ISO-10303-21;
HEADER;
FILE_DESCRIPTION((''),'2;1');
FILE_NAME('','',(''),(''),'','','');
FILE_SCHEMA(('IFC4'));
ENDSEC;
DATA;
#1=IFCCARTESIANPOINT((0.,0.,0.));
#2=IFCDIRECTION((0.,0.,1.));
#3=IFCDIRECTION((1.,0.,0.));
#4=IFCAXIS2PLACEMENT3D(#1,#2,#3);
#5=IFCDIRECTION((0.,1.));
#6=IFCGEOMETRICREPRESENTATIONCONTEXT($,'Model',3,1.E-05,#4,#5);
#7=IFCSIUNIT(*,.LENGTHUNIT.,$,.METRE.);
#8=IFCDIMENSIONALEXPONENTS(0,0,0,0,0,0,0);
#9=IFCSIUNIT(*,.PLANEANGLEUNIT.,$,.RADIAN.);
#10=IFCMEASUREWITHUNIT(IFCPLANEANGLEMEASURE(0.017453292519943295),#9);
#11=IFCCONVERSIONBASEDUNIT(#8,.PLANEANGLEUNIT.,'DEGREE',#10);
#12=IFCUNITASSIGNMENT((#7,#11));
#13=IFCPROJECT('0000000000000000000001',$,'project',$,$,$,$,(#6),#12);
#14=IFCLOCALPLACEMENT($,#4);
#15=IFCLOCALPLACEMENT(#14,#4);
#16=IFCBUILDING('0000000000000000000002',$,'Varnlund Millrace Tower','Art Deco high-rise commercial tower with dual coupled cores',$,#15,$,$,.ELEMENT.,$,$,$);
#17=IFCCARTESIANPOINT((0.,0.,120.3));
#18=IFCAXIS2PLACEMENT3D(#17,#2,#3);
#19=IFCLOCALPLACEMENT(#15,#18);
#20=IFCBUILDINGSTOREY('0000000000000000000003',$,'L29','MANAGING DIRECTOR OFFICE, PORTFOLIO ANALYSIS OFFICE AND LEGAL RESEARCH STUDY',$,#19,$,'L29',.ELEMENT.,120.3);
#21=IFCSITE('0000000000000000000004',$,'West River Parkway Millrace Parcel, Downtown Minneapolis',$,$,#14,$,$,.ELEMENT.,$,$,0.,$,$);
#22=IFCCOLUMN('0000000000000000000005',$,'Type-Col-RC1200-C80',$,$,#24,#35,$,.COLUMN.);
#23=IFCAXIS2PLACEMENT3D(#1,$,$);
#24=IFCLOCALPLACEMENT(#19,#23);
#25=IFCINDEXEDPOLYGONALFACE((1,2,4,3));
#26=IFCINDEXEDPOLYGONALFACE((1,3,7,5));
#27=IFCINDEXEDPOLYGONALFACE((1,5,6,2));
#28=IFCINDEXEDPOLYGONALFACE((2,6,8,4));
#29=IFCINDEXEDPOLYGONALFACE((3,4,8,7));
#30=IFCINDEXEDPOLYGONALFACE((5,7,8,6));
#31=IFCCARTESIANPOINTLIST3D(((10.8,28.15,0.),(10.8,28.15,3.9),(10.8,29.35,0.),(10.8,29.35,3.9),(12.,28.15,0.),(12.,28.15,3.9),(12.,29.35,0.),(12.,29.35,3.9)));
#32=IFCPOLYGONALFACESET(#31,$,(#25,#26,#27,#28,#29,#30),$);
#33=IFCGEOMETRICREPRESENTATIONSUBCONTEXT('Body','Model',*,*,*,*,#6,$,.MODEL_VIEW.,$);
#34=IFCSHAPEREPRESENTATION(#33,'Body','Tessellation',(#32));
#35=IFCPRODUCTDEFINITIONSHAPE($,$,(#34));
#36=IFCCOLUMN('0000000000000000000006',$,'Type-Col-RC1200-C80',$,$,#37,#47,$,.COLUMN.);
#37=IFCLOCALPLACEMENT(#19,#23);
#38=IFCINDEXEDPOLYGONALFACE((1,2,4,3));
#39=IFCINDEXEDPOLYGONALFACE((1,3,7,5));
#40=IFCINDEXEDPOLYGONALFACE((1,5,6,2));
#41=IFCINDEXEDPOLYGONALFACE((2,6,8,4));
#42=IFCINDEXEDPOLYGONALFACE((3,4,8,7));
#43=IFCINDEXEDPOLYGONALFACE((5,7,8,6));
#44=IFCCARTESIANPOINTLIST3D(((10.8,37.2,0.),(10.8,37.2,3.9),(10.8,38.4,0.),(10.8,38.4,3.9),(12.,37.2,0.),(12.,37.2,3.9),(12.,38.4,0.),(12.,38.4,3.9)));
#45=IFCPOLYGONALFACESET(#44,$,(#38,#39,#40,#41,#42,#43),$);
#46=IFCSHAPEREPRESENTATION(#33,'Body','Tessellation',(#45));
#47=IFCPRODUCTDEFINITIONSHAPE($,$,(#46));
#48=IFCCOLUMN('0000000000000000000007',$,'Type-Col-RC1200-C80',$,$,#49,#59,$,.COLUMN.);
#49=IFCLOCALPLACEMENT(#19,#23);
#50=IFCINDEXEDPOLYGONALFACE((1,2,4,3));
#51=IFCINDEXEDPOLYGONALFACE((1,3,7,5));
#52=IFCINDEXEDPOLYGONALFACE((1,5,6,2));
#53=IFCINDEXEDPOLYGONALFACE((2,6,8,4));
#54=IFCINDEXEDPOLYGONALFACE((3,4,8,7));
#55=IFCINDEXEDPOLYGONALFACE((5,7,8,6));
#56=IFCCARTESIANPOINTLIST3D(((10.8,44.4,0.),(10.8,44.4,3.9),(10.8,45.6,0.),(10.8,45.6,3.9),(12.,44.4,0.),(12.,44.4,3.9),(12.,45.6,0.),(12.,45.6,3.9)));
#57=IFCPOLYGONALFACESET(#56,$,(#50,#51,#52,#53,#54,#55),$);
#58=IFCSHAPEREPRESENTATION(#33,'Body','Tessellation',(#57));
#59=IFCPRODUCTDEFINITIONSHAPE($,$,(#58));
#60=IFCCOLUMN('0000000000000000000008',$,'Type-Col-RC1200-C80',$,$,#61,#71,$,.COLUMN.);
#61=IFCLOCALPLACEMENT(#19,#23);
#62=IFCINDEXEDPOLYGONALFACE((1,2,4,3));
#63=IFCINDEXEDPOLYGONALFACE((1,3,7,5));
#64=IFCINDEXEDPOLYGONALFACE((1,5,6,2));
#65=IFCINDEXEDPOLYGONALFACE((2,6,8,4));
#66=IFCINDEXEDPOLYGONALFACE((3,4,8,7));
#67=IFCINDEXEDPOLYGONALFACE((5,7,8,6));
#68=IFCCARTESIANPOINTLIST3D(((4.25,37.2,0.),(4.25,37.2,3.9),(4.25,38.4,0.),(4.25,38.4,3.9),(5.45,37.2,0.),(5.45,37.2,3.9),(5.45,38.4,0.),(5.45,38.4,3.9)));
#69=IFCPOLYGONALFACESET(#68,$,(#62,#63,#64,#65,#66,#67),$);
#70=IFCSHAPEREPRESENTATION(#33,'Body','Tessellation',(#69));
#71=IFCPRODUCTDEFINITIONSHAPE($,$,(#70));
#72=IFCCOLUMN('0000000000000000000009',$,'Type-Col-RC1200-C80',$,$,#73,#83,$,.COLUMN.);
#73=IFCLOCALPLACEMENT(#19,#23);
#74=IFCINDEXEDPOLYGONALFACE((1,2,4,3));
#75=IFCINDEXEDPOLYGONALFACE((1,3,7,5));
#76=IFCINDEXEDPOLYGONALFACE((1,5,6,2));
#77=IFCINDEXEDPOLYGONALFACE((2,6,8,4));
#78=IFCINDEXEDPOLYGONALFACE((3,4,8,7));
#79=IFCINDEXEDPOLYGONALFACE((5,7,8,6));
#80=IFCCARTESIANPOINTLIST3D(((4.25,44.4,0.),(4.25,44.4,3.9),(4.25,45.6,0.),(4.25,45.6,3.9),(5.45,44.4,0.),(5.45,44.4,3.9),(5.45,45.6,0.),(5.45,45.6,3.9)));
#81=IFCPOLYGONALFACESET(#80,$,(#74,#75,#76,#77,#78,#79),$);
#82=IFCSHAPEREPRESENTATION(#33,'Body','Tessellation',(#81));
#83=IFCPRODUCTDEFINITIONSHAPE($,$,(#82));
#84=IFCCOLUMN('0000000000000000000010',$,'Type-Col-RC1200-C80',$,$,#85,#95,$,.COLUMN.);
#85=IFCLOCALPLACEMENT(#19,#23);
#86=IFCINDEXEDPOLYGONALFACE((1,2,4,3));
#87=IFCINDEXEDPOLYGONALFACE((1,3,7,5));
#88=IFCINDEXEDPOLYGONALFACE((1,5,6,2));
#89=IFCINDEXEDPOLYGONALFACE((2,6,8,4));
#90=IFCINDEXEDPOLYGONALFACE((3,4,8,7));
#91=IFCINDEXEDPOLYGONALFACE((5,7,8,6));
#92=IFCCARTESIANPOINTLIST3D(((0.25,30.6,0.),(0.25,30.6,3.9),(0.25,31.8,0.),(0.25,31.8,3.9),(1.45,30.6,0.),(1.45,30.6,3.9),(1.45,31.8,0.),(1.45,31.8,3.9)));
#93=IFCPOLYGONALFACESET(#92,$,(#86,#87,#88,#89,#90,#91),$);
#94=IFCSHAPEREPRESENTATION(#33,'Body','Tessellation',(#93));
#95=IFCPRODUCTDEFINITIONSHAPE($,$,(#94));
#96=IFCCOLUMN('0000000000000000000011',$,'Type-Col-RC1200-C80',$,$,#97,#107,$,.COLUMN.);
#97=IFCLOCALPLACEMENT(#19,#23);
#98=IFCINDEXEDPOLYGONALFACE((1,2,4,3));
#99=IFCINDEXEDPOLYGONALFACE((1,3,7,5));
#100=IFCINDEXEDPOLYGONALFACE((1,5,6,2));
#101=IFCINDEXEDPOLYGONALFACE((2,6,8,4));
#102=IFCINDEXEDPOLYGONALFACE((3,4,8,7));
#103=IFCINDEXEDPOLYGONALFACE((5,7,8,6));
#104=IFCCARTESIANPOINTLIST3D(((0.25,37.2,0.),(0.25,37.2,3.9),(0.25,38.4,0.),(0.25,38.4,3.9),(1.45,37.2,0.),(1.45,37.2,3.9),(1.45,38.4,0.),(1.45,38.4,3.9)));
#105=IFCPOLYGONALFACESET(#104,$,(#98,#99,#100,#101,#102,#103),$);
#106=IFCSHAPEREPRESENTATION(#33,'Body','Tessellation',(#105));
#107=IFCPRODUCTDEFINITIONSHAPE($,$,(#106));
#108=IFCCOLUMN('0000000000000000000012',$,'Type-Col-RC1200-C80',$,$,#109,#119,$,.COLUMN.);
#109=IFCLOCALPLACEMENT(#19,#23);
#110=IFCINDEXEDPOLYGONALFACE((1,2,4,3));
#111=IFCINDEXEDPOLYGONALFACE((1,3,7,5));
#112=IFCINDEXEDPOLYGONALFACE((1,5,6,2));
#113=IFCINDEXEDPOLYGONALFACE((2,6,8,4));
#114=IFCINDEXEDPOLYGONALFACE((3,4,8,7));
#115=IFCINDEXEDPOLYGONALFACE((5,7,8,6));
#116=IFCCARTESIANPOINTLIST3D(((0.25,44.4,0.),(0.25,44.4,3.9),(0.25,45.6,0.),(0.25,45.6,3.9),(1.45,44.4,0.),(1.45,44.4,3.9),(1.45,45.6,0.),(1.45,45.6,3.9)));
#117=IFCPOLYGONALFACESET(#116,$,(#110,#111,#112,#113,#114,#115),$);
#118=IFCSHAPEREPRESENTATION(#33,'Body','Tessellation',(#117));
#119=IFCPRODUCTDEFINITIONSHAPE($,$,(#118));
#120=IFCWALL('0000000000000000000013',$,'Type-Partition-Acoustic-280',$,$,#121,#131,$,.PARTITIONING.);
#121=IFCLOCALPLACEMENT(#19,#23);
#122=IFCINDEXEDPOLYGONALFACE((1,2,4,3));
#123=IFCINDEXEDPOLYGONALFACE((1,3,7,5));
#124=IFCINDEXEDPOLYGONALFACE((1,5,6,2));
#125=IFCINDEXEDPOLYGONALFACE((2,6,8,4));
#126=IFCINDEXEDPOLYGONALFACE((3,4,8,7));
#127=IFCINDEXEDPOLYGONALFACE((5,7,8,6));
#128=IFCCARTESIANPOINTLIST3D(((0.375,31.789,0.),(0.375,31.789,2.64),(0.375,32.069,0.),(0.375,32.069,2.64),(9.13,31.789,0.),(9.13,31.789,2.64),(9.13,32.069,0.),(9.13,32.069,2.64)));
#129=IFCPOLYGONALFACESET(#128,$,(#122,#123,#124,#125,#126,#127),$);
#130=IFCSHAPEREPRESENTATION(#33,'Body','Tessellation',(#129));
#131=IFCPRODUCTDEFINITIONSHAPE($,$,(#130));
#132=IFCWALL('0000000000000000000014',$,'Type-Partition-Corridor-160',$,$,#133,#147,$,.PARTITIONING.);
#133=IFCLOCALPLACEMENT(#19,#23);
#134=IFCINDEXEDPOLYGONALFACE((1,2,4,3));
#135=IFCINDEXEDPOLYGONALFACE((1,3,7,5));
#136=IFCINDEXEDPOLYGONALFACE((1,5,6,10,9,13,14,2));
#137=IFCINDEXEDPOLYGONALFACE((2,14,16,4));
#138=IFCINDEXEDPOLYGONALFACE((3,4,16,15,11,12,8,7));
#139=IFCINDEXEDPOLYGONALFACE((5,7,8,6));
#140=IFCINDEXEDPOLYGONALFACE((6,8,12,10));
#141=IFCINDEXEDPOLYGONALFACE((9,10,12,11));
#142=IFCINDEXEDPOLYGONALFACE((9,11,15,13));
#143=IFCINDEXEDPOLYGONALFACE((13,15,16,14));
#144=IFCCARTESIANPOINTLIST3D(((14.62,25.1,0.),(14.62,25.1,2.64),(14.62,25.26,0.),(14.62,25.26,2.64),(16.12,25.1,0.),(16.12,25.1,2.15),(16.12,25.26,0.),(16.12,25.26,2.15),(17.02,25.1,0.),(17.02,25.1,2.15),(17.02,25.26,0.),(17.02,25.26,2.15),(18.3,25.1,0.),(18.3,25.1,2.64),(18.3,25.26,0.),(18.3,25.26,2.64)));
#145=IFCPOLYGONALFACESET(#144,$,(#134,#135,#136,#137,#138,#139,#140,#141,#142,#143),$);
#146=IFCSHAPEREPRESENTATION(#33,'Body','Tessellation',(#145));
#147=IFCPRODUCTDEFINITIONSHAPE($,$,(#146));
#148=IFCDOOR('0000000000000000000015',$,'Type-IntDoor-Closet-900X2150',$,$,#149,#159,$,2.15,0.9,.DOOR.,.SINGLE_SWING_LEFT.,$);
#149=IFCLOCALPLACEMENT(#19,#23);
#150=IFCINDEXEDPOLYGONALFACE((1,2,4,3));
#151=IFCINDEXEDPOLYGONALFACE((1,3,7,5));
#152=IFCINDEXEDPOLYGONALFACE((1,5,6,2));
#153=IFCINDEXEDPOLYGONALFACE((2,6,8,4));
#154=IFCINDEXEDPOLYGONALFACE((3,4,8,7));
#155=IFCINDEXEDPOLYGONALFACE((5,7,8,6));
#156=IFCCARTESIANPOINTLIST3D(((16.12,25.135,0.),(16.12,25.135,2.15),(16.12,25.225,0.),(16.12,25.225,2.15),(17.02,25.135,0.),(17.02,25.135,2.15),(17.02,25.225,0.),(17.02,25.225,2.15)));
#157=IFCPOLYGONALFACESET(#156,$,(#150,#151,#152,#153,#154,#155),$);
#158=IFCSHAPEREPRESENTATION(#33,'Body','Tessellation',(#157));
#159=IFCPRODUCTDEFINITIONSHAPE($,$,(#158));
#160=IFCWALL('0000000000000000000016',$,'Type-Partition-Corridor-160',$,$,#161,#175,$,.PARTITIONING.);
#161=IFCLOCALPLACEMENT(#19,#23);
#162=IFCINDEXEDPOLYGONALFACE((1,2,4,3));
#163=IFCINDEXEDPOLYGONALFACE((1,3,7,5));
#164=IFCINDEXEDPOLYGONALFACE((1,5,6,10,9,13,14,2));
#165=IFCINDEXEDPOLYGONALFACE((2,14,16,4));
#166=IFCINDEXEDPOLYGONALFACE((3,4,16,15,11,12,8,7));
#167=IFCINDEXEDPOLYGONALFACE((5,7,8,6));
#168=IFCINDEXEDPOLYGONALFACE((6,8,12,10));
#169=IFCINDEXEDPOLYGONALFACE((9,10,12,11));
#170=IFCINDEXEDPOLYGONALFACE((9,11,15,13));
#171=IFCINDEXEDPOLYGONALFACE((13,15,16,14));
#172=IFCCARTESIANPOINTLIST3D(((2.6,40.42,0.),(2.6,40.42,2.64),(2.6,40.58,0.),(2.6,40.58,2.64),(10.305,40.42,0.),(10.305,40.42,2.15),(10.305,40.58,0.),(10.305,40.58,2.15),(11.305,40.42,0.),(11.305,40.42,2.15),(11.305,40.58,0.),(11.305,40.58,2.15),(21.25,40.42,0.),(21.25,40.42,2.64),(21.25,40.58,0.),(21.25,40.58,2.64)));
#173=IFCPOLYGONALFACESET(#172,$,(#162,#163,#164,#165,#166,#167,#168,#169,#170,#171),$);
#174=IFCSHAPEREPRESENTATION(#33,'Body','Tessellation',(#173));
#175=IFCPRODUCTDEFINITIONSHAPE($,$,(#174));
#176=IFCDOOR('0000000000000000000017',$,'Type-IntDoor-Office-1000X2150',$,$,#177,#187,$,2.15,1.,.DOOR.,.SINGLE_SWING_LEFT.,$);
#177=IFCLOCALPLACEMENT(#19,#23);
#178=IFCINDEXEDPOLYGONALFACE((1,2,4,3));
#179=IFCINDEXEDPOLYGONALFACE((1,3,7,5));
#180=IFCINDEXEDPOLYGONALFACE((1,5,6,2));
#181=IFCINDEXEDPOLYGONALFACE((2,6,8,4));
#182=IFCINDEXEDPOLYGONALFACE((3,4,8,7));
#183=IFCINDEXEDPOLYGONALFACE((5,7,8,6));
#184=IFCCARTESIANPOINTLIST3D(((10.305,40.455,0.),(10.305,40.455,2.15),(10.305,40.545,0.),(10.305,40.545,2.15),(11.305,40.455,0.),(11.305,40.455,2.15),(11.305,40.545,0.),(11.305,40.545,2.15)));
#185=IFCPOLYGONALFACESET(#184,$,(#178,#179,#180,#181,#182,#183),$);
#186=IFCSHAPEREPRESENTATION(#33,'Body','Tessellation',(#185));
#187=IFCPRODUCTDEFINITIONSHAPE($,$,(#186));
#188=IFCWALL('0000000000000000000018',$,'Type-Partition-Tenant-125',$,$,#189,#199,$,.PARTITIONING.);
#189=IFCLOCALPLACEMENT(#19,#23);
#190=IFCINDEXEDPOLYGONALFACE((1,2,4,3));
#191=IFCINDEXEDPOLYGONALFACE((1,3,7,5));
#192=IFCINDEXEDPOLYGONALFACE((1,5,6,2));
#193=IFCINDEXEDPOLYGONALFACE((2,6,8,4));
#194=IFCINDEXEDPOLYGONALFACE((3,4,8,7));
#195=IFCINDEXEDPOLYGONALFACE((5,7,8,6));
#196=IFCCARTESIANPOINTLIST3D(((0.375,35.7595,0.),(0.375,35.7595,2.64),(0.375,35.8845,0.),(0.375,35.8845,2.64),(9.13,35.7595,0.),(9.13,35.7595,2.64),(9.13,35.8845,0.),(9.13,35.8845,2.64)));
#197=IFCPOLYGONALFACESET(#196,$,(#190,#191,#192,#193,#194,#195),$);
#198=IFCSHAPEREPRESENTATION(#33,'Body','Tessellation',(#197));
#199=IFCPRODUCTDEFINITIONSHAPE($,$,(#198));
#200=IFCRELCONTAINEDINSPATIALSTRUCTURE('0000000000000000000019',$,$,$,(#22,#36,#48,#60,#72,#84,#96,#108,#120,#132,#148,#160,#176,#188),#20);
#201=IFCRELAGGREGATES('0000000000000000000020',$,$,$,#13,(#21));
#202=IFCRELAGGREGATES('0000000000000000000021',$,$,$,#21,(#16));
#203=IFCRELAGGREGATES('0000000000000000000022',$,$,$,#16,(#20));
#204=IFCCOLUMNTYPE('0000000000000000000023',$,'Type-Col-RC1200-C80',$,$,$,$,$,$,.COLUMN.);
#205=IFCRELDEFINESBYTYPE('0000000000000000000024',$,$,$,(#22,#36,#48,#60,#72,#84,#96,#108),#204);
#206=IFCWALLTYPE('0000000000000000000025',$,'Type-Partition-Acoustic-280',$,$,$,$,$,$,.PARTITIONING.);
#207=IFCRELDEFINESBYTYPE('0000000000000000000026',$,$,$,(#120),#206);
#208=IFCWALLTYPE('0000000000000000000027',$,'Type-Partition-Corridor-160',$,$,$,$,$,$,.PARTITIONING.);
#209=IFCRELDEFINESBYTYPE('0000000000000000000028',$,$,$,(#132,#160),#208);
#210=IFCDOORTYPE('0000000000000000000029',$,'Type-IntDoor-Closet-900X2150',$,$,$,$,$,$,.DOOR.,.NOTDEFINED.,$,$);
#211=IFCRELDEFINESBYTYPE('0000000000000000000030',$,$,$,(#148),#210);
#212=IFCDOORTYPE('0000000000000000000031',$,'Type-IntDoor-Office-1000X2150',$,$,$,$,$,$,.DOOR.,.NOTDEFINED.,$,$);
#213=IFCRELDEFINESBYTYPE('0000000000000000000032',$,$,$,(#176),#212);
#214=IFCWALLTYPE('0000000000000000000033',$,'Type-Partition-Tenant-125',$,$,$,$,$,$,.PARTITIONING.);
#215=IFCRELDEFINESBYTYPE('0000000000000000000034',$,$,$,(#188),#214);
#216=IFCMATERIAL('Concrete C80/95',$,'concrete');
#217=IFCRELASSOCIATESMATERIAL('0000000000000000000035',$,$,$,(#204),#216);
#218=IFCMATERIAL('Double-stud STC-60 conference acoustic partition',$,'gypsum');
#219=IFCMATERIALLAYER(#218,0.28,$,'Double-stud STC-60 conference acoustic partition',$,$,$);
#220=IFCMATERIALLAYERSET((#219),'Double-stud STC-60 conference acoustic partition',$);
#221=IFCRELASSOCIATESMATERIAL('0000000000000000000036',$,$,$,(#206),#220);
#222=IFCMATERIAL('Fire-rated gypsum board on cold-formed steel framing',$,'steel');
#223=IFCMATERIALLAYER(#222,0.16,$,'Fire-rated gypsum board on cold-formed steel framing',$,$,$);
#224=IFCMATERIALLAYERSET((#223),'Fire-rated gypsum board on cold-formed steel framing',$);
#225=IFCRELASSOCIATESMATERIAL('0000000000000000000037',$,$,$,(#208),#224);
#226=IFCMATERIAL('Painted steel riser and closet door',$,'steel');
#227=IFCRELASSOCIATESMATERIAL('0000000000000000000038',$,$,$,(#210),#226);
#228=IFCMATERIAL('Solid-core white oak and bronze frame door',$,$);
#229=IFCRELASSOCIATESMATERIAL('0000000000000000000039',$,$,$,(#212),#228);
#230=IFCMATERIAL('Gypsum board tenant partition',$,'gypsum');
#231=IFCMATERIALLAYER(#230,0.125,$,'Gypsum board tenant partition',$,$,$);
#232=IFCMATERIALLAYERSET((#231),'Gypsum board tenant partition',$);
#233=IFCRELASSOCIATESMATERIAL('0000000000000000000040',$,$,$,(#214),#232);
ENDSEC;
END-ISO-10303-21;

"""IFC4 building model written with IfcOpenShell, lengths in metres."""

from ifc_helpers import new_model, entity, si_unit, converted_unit, direction, frame, origin_with_axes, origin_2d_with_axis, place, context, subcontext, project, spatial, polyline, rectangle, outline, extrude, material, layer, layer_set, material_profile, profile_set, type_object, element, fill, save


model = new_model("IFC4")

# Units and contexts
model_context = context("Model", 3, precision=1e-05, world=origin_with_axes(), true_north=direction((0.0, 1.0)))
body_context = subcontext(model_context, "Body", "Model", "MODEL_VIEW")
ifc_project = project(units=[si_unit("LENGTHUNIT", "METRE"), converted_unit("PLANEANGLEUNIT", "DEGREE", entity("IfcPlaneAngleMeasure", 0.017453292519943295), si_unit("PLANEANGLEUNIT", "RADIAN"), dimensions=[0, 0, 0, 0, 0, 0, 0])], contexts=[model_context])

# Site, building, storey
site_placement = place(None, origin_with_axes())
site = spatial("IfcSite", under=ifc_project, at=site_placement, Name="West River Parkway Millrace Parcel, Downtown Minneapolis", CompositionType="ELEMENT", RefElevation=0.0)
building_placement = place(site_placement, origin_with_axes())
building = spatial("IfcBuilding", under=site, at=building_placement, Name="Varnlund Millrace Tower", Description="Art Deco high-rise commercial tower with dual coupled cores", CompositionType="ELEMENT")
storey_placement = place(building_placement, frame((0.0, 0.0, 120.3), z_axis=(0.0, 0.0, 1.0), x_axis=(1.0, 0.0, 0.0)))
storey = spatial("IfcBuildingStorey", under=building, at=storey_placement, Name="L29", Description="MANAGING DIRECTOR OFFICE, PORTFOLIO ANALYSIS OFFICE AND LEGAL RESEARCH STUDY", LongName="L29", CompositionType="ELEMENT", Elevation=120.3)

# Columns
ifc_material_1 = material(Name="Concrete C80/95", Category="concrete")
ifc_material_profile = material_profile(ifc_material_1, rectangle(XDim=1.2, YDim=1.2, at=origin_2d_with_axis()), Name="Concrete C80/95")
ifc_profile_set = profile_set([ifc_material_profile], Name="Concrete C80/95")
column_type = type_object("IfcColumnType", Name="Type-Col-RC1200-C80", PredefinedType="COLUMN", material=ifc_profile_set)
for number, where, z_axis, x_axis, name in (
    (1, (11.4, 28.75, 0.0), (0.0, 0.0, 1.0), (1.0, 0.0, 0.0), "Type-Col-RC1200-C80"),
    (2, (11.4, 37.8, 0.0), (0.0, 0.0, 1.0), (1.0, 0.0, 0.0), "Type-Col-RC1200-C80"),
    (3, (11.4, 45.0, 0.0), (0.0, 0.0, 1.0), (1.0, 0.0, 0.0), "Type-Col-RC1200-C80"),
    (4, (4.85, 37.8, 0.0), (0.0, 0.0, 1.0), (1.0, 0.0, 0.0), "Type-Col-RC1200-C80"),
    (5, (4.85, 45.0, 0.0), (0.0, 0.0, 1.0), (1.0, 0.0, 0.0), "Type-Col-RC1200-C80"),
    (6, (0.85, 31.2, 0.0), (0.0, 0.0, 1.0), (1.0, 0.0, 0.0), "Type-Col-RC1200-C80"),
    (7, (0.85, 37.8, 0.0), (0.0, 0.0, 1.0), (1.0, 0.0, 0.0), "Type-Col-RC1200-C80"),
    (8, (0.85, 45.0, 0.0), (0.0, 0.0, 1.0), (1.0, 0.0, 0.0), "Type-Col-RC1200-C80"),
):
    element("IfcColumn", number, at=place(storey_placement, frame(where, z_axis=z_axis, x_axis=x_axis)), inside=storey, type_object=column_type, Name=name, PredefinedType="COLUMN", context=body_context, shape_type="SweptSolid", body=[
        extrude(rectangle(XDim=1.2, YDim=1.2, at=origin_2d_with_axis()), origin_with_axes(), (0.0, 0.0, 1.0), 3.9),
    ])

# Wall
ifc_material_2 = material(Name="Double-stud STC-60 conference acoustic partition", Category="gypsum")
ifc_layer_1 = layer(ifc_material_2, 0.28, Name="Double-stud STC-60 conference acoustic partition")
ifc_layer_set_1 = layer_set([ifc_layer_1], Name="Double-stud STC-60 conference acoustic partition")
wall_type_1 = type_object("IfcWallType", Name="Type-Partition-Acoustic-280", PredefinedType="PARTITIONING", material=ifc_layer_set_1)
wall_1_placement = place(storey_placement, frame((0.375, 31.929, 0.0), z_axis=(0.0, 0.0, 1.0), x_axis=(1.0, 0.0, 0.0)))
element("IfcWall", 9, at=wall_1_placement, inside=storey, type_object=wall_type_1, Name="Type-Partition-Acoustic-280", PredefinedType="PARTITIONING", context=body_context, shape_type="SweptSolid", body=[
    extrude(outline(polyline([(0.0, -0.14), (8.755, -0.14), (8.755, 0.14), (0.0, 0.14), (0.0, -0.14)])), origin_with_axes(), (0.0, 0.0, 1.0), 2.64),
])

# Walls, openings, doors
ifc_material_3 = material(Name="Fire-rated gypsum board on cold-formed steel framing", Category="steel")
ifc_layer_2 = layer(ifc_material_3, 0.16, Name="Fire-rated gypsum board on cold-formed steel framing")
ifc_layer_set_2 = layer_set([ifc_layer_2], Name="Fire-rated gypsum board on cold-formed steel framing")
wall_type_2 = type_object("IfcWallType", Name="Type-Partition-Corridor-160", PredefinedType="PARTITIONING", material=ifc_layer_set_2)
wall_2_placement = place(storey_placement, frame((14.62, 25.18, 0.0), z_axis=(0.0, 0.0, 1.0), x_axis=(1.0, 0.0, 0.0)))
wall_2 = element("IfcWall", 10, at=wall_2_placement, inside=storey, type_object=wall_type_2, Name="Type-Partition-Corridor-160", PredefinedType="PARTITIONING", context=body_context, shape_type="SweptSolid", body=[
    extrude(outline(polyline([(0.0, -0.08), (3.68, -0.08), (3.68, 0.08), (0.0, 0.08), (0.0, -0.08)])), origin_with_axes(), (0.0, 0.0, 1.0), 2.64),
])
opening_1_placement = place(wall_2_placement, frame((1.95, 0.0, 0.0), z_axis=(0.0, 0.0, 1.0), x_axis=(1.0, 0.0, 0.0)))
opening_1 = element("IfcOpeningElement", 11, at=opening_1_placement, cuts=wall_2, PredefinedType="OPENING", context=body_context, shape_type="SweptSolid", body=[
    extrude(rectangle(XDim=0.9, YDim=0.18, at=origin_2d_with_axis()), origin_with_axes(), (0.0, 0.0, 1.0), 2.15),
])
ifc_material_4 = material(Name="Painted steel riser and closet door", Category="steel")
door_type_1 = type_object("IfcDoorType", Name="Type-IntDoor-Closet-900X2150", OperationType="NOTDEFINED", PredefinedType="DOOR", material=ifc_material_4)
door_1_placement = place(wall_2_placement, frame((1.95, 0.0, 0.0), z_axis=(0.0, 0.0, 1.0), x_axis=(1.0, 0.0, 0.0)))
door_1 = element("IfcDoor", 12, at=door_1_placement, inside=storey, type_object=door_type_1, Name="Type-IntDoor-Closet-900X2150", OperationType="SINGLE_SWING_LEFT", OverallHeight=2.15, OverallWidth=0.9, PredefinedType="DOOR", context=body_context, shape_type="SweptSolid", body=[
    extrude(rectangle(XDim=0.9, YDim=0.09, at=origin_2d_with_axis()), origin_with_axes(), (0.0, 0.0, 1.0), 2.15),
])
fill(opening_1, door_1)
wall_3_placement = place(storey_placement, frame((2.6, 40.5, 0.0), z_axis=(0.0, 0.0, 1.0), x_axis=(1.0, 0.0, 0.0)))
wall_3 = element("IfcWall", 13, at=wall_3_placement, inside=storey, type_object=wall_type_2, Name="Type-Partition-Corridor-160", PredefinedType="PARTITIONING", context=body_context, shape_type="SweptSolid", body=[
    extrude(outline(polyline([(0.0, -0.08), (18.65, -0.08), (18.65, 0.08), (0.0, 0.08), (0.0, -0.08)])), origin_with_axes(), (0.0, 0.0, 1.0), 2.64),
])
opening_2_placement = place(wall_3_placement, frame((8.205, 0.0, 0.0), z_axis=(0.0, 0.0, 1.0), x_axis=(1.0, 0.0, 0.0)))
opening_2 = element("IfcOpeningElement", 14, at=opening_2_placement, cuts=wall_3, PredefinedType="OPENING", context=body_context, shape_type="SweptSolid", body=[
    extrude(rectangle(XDim=1.0, YDim=0.18, at=origin_2d_with_axis()), origin_with_axes(), (0.0, 0.0, 1.0), 2.15),
])
ifc_material_5 = material(Name="Solid-core white oak and bronze frame door")
door_type_2 = type_object("IfcDoorType", Name="Type-IntDoor-Office-1000X2150", OperationType="NOTDEFINED", PredefinedType="DOOR", material=ifc_material_5)
door_2_placement = place(wall_3_placement, frame((8.205, 0.0, 0.0), z_axis=(0.0, 0.0, 1.0), x_axis=(1.0, 0.0, 0.0)))
door_2 = element("IfcDoor", 15, at=door_2_placement, inside=storey, type_object=door_type_2, Name="Type-IntDoor-Office-1000X2150", OperationType="SINGLE_SWING_LEFT", OverallHeight=2.15, OverallWidth=1.0, PredefinedType="DOOR", context=body_context, shape_type="SweptSolid", body=[
    extrude(rectangle(XDim=1.0, YDim=0.09, at=origin_2d_with_axis()), origin_with_axes(), (0.0, 0.0, 1.0), 2.15),
])
fill(opening_2, door_2)

# Wall
ifc_material_6 = material(Name="Gypsum board tenant partition", Category="gypsum")
ifc_layer_3 = layer(ifc_material_6, 0.125, Name="Gypsum board tenant partition")
ifc_layer_set_3 = layer_set([ifc_layer_3], Name="Gypsum board tenant partition")
wall_type_3 = type_object("IfcWallType", Name="Type-Partition-Tenant-125", PredefinedType="PARTITIONING", material=ifc_layer_set_3)
wall_4_placement = place(storey_placement, frame((0.375, 35.822, 0.0), z_axis=(0.0, 0.0, 1.0), x_axis=(1.0, 0.0, 0.0)))
element("IfcWall", 16, at=wall_4_placement, inside=storey, type_object=wall_type_3, Name="Type-Partition-Tenant-125", PredefinedType="PARTITIONING", context=body_context, shape_type="SweptSolid", body=[
    extrude(outline(polyline([(0.0, -0.0625), (8.755, -0.0625), (8.755, 0.0625), (0.0, 0.0625), (0.0, -0.0625)])), origin_with_axes(), (0.0, 0.0, 1.0), 2.64),
])

save(model, "model.ifc")
